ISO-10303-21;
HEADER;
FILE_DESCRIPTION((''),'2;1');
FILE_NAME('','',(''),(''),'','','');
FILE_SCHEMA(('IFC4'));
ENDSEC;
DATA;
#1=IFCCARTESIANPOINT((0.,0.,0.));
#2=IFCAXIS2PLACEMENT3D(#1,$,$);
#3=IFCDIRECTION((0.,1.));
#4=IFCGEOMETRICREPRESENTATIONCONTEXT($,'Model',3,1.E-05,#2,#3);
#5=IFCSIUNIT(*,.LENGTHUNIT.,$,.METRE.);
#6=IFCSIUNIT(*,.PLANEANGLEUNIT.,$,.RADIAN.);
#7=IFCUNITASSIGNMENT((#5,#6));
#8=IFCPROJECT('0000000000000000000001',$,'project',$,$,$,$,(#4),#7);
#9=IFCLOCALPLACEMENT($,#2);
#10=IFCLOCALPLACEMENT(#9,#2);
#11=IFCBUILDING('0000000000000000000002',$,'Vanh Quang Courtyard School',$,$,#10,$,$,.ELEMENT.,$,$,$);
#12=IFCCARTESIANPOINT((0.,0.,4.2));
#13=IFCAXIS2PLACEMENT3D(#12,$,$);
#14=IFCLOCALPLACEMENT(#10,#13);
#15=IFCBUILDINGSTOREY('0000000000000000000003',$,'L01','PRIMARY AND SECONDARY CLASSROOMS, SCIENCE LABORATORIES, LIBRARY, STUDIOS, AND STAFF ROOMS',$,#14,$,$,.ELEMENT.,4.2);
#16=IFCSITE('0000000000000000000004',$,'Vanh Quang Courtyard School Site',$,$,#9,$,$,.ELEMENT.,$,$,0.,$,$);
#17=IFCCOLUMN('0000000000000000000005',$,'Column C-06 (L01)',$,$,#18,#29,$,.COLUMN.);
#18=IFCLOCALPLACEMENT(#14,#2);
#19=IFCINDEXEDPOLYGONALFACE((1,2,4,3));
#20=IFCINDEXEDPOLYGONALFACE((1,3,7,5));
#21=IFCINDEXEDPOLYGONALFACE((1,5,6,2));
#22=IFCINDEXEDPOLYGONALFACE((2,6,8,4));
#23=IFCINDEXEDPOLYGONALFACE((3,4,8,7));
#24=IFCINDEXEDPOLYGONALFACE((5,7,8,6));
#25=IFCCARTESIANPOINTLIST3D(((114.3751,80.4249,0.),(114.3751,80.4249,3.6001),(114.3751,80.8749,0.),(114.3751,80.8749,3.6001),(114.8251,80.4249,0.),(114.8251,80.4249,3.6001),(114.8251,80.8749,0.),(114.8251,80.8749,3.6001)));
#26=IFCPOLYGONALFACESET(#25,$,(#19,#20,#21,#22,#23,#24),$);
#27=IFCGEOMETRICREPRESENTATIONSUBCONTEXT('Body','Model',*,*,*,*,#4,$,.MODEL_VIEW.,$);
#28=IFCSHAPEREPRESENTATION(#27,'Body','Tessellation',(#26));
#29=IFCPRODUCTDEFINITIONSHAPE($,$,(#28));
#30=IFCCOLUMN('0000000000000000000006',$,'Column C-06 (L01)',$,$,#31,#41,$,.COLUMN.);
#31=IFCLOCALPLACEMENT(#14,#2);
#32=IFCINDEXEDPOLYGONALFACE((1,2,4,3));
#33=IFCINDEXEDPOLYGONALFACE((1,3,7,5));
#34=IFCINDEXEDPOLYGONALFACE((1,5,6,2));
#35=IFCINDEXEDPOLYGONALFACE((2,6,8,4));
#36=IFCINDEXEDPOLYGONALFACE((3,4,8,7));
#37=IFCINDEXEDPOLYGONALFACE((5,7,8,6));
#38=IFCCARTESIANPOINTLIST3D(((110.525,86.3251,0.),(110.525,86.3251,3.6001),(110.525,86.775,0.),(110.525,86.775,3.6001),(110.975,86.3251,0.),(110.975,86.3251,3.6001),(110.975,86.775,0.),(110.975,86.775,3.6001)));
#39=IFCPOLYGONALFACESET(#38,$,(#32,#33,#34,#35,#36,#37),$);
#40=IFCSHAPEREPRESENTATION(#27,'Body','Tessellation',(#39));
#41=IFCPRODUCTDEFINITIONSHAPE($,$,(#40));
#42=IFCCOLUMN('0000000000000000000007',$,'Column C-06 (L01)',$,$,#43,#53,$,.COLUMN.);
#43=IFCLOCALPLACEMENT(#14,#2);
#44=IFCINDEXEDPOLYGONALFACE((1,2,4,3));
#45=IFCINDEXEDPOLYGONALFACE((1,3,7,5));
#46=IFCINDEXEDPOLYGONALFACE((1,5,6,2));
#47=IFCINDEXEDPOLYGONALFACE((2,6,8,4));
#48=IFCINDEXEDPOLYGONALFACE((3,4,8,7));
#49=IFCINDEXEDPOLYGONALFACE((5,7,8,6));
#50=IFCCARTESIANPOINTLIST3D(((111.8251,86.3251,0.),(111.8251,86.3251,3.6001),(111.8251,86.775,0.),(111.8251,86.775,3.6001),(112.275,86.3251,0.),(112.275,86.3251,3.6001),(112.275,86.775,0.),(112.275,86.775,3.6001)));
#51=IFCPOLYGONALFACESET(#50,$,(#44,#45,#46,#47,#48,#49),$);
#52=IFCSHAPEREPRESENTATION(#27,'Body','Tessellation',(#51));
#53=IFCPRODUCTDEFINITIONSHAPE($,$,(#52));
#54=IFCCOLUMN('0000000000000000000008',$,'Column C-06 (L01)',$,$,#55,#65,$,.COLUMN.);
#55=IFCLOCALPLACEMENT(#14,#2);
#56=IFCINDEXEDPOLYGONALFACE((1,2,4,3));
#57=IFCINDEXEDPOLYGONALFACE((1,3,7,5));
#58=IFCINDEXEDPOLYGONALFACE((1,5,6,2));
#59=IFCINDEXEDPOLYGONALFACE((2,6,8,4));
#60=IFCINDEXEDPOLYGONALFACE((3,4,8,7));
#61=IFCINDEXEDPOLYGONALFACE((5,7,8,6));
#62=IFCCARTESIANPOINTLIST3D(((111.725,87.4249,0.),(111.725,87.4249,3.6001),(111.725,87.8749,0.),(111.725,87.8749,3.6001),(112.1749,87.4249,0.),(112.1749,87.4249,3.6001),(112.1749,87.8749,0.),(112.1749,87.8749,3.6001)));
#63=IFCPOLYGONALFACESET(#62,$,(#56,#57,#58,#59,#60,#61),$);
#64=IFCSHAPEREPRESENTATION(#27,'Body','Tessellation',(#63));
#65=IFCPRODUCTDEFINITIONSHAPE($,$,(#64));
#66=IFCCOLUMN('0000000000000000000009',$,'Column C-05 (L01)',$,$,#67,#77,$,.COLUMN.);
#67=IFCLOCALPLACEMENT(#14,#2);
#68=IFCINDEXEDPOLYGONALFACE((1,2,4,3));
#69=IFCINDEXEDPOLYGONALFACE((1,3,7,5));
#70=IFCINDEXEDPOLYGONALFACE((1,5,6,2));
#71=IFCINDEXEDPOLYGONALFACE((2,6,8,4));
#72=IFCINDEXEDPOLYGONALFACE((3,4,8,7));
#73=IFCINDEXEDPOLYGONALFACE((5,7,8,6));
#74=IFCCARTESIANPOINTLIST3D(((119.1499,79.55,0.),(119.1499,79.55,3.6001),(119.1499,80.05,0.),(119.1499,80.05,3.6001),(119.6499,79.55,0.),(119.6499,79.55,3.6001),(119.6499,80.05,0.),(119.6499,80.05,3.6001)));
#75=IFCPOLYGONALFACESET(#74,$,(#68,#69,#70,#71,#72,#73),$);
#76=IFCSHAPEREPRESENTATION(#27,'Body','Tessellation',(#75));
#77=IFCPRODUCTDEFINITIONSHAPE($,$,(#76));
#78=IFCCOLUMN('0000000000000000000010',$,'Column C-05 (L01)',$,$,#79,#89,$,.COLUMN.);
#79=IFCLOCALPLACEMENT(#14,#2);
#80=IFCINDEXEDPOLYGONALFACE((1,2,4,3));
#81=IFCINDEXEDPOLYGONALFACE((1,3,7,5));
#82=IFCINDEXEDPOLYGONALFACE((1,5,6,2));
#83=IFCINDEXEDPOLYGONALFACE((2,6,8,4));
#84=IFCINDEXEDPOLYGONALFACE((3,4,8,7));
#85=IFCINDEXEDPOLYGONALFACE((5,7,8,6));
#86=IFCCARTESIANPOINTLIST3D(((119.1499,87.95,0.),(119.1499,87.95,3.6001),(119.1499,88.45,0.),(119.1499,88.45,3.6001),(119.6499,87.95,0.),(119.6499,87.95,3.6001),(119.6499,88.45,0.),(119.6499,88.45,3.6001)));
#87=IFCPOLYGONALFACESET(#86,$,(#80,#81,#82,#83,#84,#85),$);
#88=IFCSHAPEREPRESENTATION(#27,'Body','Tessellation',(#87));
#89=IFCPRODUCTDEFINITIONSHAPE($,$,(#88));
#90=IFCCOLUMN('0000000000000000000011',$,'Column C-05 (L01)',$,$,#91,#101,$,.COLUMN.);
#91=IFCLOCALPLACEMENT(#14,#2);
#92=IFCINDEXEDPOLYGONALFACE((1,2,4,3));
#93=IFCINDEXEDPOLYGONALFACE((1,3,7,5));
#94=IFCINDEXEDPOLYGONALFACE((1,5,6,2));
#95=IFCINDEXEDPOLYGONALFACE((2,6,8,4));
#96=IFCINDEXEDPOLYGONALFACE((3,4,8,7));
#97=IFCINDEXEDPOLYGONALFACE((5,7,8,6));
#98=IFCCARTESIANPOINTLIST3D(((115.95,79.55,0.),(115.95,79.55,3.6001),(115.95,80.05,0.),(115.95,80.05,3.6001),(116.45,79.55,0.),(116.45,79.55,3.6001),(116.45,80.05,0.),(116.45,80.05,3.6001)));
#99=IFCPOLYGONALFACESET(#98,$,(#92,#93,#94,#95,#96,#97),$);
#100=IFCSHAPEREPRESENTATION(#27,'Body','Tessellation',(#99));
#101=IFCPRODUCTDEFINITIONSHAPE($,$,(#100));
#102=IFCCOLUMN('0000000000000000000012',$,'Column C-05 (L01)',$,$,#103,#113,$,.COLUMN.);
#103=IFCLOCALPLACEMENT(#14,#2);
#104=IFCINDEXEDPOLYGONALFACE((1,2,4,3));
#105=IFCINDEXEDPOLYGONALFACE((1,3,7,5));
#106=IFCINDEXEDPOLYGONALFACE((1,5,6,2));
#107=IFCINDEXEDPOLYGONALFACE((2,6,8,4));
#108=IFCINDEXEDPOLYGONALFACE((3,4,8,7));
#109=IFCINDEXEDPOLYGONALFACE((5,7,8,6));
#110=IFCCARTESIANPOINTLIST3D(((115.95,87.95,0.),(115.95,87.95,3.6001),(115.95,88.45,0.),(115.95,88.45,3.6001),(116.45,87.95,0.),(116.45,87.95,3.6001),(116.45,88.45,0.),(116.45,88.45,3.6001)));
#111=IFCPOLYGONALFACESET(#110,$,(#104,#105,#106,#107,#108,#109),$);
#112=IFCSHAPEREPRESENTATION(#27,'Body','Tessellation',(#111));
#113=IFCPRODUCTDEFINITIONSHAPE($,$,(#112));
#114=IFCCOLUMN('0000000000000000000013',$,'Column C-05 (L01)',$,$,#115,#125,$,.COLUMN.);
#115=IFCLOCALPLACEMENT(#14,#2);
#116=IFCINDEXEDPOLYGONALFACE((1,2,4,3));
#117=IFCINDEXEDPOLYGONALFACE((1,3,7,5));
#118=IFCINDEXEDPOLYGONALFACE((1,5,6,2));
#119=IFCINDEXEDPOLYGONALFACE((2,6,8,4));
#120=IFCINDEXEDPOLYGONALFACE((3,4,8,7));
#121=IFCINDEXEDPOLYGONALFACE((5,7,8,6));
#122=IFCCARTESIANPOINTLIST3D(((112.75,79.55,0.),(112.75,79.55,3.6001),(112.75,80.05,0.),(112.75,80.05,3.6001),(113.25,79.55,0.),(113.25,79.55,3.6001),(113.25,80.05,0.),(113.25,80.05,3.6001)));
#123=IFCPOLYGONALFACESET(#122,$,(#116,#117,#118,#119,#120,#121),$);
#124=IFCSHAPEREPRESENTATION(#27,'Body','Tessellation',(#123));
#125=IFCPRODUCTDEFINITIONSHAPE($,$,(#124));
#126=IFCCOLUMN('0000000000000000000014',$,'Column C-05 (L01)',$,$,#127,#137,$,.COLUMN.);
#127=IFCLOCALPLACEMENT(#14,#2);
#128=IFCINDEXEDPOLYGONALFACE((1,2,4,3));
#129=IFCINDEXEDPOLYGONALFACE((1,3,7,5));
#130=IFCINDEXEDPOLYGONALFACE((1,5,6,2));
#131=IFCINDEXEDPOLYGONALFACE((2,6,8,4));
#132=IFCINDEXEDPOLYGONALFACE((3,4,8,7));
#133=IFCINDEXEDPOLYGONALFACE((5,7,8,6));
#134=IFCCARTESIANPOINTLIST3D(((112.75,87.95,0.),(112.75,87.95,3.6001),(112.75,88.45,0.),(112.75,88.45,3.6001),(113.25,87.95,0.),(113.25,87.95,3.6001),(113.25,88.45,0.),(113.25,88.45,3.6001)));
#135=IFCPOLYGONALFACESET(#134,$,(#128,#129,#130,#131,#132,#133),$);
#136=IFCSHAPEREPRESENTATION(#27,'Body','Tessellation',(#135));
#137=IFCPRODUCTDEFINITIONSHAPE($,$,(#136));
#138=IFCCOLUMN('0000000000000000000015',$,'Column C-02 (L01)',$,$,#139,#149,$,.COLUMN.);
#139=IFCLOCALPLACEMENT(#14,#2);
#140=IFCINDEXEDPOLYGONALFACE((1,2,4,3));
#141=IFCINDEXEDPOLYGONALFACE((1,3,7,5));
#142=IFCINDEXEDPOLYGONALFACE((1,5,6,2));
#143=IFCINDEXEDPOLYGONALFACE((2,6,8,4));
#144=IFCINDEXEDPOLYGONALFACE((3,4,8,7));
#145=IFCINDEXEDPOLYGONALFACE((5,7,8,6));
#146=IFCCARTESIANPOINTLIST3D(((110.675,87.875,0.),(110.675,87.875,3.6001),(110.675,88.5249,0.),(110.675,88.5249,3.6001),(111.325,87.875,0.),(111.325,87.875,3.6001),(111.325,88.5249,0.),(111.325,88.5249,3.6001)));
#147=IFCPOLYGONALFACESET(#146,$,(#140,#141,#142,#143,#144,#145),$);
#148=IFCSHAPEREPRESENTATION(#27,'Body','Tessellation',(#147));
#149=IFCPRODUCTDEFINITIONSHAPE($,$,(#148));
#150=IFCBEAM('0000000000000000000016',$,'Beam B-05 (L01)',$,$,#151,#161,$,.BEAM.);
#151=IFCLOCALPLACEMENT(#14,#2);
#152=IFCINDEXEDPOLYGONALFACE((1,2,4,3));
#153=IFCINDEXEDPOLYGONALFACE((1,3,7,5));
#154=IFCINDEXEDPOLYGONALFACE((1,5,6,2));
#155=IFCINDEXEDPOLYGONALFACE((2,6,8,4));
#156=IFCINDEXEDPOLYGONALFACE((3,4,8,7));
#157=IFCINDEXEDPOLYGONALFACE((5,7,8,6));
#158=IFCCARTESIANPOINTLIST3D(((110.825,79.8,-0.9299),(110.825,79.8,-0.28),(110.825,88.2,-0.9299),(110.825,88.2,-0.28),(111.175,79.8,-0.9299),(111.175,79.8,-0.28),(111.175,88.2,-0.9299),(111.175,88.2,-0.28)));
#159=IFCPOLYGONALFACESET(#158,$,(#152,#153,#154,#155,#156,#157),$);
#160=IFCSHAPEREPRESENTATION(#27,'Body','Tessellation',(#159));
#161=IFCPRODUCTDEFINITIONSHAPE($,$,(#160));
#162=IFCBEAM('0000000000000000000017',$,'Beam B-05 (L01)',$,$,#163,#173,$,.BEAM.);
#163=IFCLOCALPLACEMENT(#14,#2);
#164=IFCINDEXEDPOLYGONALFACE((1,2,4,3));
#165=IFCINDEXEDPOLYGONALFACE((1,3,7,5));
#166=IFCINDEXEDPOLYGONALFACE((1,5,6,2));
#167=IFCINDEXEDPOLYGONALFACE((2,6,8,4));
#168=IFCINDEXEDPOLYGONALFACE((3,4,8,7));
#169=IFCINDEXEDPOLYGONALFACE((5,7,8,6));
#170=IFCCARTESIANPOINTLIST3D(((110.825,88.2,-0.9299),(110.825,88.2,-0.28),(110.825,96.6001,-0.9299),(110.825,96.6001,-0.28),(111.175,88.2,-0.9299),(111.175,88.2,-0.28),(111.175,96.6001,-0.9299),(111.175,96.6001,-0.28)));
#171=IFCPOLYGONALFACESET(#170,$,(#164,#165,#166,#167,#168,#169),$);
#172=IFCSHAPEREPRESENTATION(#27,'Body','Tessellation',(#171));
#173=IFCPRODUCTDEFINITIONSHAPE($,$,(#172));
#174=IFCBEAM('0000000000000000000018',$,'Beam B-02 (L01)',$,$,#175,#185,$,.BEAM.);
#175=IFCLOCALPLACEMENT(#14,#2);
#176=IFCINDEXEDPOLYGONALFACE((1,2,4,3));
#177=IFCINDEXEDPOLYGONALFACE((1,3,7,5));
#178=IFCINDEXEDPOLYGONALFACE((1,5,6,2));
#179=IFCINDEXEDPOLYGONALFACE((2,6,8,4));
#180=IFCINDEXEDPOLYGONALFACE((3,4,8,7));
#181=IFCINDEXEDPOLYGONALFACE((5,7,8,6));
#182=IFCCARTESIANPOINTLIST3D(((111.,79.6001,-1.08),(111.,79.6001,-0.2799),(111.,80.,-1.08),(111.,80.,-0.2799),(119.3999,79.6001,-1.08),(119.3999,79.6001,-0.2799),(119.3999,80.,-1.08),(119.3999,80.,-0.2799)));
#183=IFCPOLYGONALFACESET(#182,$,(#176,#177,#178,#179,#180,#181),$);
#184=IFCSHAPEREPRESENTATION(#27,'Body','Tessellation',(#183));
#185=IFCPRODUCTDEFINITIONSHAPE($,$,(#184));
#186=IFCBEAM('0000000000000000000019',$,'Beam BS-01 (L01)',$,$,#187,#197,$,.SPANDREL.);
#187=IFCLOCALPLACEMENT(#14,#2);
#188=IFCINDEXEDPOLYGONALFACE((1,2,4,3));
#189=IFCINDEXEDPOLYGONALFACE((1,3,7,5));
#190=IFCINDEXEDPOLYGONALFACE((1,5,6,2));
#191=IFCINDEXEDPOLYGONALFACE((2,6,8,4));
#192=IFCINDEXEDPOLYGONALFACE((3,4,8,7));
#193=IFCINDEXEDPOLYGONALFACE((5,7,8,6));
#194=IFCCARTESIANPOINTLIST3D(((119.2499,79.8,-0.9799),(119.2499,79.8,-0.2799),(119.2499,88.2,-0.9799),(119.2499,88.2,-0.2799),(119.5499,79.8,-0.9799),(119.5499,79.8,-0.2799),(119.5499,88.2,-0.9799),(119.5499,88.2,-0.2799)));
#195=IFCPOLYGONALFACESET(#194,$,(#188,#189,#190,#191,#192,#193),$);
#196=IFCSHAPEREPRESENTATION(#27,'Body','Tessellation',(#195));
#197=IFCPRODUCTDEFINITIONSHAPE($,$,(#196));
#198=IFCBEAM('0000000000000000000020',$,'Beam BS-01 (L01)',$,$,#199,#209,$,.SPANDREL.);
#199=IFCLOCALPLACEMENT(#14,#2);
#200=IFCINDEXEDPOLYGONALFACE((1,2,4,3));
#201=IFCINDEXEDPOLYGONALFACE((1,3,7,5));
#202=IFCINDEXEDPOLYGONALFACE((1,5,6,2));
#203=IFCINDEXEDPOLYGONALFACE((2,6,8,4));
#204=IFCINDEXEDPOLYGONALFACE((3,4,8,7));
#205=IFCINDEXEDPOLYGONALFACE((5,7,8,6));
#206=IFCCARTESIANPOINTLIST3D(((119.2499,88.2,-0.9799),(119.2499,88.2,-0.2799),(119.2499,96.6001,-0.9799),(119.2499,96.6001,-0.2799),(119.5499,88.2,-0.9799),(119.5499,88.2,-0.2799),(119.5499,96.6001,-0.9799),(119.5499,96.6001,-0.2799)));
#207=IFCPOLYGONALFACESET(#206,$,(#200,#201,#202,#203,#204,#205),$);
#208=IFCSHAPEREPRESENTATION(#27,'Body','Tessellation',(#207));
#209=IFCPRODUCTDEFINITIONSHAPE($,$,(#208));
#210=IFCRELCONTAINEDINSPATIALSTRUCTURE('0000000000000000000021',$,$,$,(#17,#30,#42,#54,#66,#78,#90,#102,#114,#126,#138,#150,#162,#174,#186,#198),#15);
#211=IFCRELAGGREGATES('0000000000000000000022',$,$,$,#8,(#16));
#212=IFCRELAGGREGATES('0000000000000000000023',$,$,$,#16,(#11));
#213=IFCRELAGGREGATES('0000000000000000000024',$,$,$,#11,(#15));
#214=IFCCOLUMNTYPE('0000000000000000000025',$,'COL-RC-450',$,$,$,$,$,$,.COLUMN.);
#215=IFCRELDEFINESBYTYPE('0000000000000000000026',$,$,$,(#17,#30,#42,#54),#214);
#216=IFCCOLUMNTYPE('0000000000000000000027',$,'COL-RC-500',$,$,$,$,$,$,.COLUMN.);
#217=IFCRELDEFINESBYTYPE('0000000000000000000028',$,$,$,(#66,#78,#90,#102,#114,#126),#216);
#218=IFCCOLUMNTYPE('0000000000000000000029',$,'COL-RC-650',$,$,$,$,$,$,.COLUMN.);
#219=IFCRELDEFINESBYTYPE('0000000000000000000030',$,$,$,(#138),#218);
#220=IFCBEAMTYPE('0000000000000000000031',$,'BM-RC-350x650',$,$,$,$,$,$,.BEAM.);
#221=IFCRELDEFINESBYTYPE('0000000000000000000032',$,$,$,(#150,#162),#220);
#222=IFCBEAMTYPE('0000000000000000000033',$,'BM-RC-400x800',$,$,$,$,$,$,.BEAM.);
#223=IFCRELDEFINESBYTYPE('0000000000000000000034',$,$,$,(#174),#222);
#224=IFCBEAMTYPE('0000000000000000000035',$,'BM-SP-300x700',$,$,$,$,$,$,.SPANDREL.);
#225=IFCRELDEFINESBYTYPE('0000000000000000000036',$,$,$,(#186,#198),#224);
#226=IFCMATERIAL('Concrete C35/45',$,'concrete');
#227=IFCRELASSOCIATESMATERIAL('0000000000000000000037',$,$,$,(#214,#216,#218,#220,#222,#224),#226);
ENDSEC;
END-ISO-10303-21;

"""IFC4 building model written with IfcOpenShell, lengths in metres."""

from ifc_helpers import new_model, si_unit, direction, frame, origin, origin_2d, place, context, subcontext, project, spatial, rectangle, extrude, material, material_profile, profile_set, type_object, element, save


model = new_model("IFC4")

# Units and contexts
model_context = context("Model", 3, precision=1e-05, world=origin(), true_north=direction((0.0, 1.0)))
body_context = subcontext(model_context, "Body", "Model", "MODEL_VIEW")
ifc_project = project(units=[si_unit("LENGTHUNIT", "METRE"), si_unit("PLANEANGLEUNIT", "RADIAN")], contexts=[model_context])

# Site, building, storey
site_placement = place(None, origin())
site = spatial("IfcSite", under=ifc_project, at=site_placement, Name="Vanh Quang Courtyard School Site", CompositionType="ELEMENT", RefElevation=0.0)
building_placement = place(site_placement, origin())
building = spatial("IfcBuilding", under=site, at=building_placement, Name="Vanh Quang Courtyard School", CompositionType="ELEMENT")
storey_placement = place(building_placement, frame((0.0, 0.0, 4.2)))
storey = spatial("IfcBuildingStorey", under=building, at=storey_placement, Name="L01", Description="PRIMARY AND SECONDARY CLASSROOMS, SCIENCE LABORATORIES, LIBRARY, STUDIOS, AND STAFF ROOMS", CompositionType="ELEMENT", Elevation=4.2)

# Columns
ifc_material_1 = material(Name="Concrete C35/45", Category="concrete")
ifc_material_profile_1 = material_profile(ifc_material_1, rectangle(XDim=0.45, YDim=0.45, at=origin_2d()), Name="RC-COL 450x450")
ifc_profile_set_1 = profile_set([ifc_material_profile_1], Name="Concrete C35/45")
column_type_1 = type_object("IfcColumnType", Name="COL-RC-450", PredefinedType="COLUMN", material=ifc_profile_set_1)
for number, where, z_axis, x_axis, name in (
    (1, (114.6001, 80.6499, 0.0), (0.0, 0.0, 1.0), (1.0, 0.0, 0.0), "Column C-06 (L01)"),
    (2, (110.75, 86.55, 0.0), (0.0, 0.0, 1.0), (1.0, 0.0, 0.0), "Column C-06 (L01)"),
    (3, (112.05, 86.55, 0.0), (0.0, 0.0, 1.0), (1.0, 0.0, 0.0), "Column C-06 (L01)"),
    (4, (111.95, 87.6499, 0.0), (0.0, 0.0, 1.0), (1.0, 0.0, 0.0), "Column C-06 (L01)"),
):
    element("IfcColumn", number, at=place(storey_placement, frame(where, z_axis=z_axis, x_axis=x_axis)), inside=storey, type_object=column_type_1, Name=name, PredefinedType="COLUMN", context=body_context, shape_type="SweptSolid", body=[
        extrude(rectangle(XDim=0.45, YDim=0.45, at=origin_2d()), origin(), (0.0, 0.0, 1.0), 3.6001),
    ])
ifc_material_profile_2 = material_profile(ifc_material_1, rectangle(XDim=0.5, YDim=0.5, at=origin_2d()), Name="RC-COL 500x500")
ifc_profile_set_2 = profile_set([ifc_material_profile_2], Name="Concrete C35/45")
column_type_2 = type_object("IfcColumnType", Name="COL-RC-500", PredefinedType="COLUMN", material=ifc_profile_set_2)
for number, where, z_axis, x_axis, name in (
    (5, (119.3999, 79.8, 0.0), (0.0, 0.0, 1.0), (1.0, 0.0, 0.0), "Column C-05 (L01)"),
    (6, (119.3999, 88.2, 0.0), (0.0, 0.0, 1.0), (1.0, 0.0, 0.0), "Column C-05 (L01)"),
    (7, (116.2, 79.8, 0.0), (0.0, 0.0, 1.0), (1.0, 0.0, 0.0), "Column C-05 (L01)"),
    (8, (116.2, 88.2, 0.0), (0.0, 0.0, 1.0), (1.0, 0.0, 0.0), "Column C-05 (L01)"),
    (9, (113.0, 79.8, 0.0), (0.0, 0.0, 1.0), (1.0, 0.0, 0.0), "Column C-05 (L01)"),
    (10, (113.0, 88.2, 0.0), (0.0, 0.0, 1.0), (1.0, 0.0, 0.0), "Column C-05 (L01)"),
):
    element("IfcColumn", number, at=place(storey_placement, frame(where, z_axis=z_axis, x_axis=x_axis)), inside=storey, type_object=column_type_2, Name=name, PredefinedType="COLUMN", context=body_context, shape_type="SweptSolid", body=[
        extrude(rectangle(XDim=0.5, YDim=0.5, at=origin_2d()), origin(), (0.0, 0.0, 1.0), 3.6001),
    ])
ifc_material_profile_3 = material_profile(ifc_material_1, rectangle(XDim=0.6499, YDim=0.6499, at=origin_2d()), Name="RC-COL 650x650")
ifc_profile_set_3 = profile_set([ifc_material_profile_3], Name="Concrete C35/45")
column_type_3 = type_object("IfcColumnType", Name="COL-RC-650", PredefinedType="COLUMN", material=ifc_profile_set_3)
column_placement = place(storey_placement, frame((111.0, 88.2, 0.0), z_axis=(0.0, 0.0, 1.0), x_axis=(1.0, 0.0, 0.0)))
element("IfcColumn", 11, at=column_placement, inside=storey, type_object=column_type_3, Name="Column C-02 (L01)", PredefinedType="COLUMN", context=body_context, shape_type="SweptSolid", body=[
    extrude(rectangle(XDim=0.6499, YDim=0.6499, at=origin_2d()), origin(), (0.0, 0.0, 1.0), 3.6001),
])

# Beams
ifc_material_profile_4 = material_profile(ifc_material_1, rectangle(XDim=0.3501, YDim=0.6499, at=origin_2d()), Name="RC-BM 350x650")
ifc_profile_set_4 = profile_set([ifc_material_profile_4], Name="Concrete C35/45")
beam_type_1 = type_object("IfcBeamType", Name="BM-RC-350x650", PredefinedType="BEAM", material=ifc_profile_set_4)
beam_1_placement = place(storey_placement, frame((111.0, 79.8, -0.605), z_axis=(0.0, 1.0, 0.0), x_axis=(-1.0, 0.0, 0.0)))
element("IfcBeam", 12, at=beam_1_placement, inside=storey, type_object=beam_type_1, Name="Beam B-05 (L01)", PredefinedType="BEAM", context=body_context, shape_type="SweptSolid", body=[
    extrude(rectangle(XDim=0.3501, YDim=0.6499, at=origin_2d()), origin(), (0.0, 0.0, 1.0), 8.3999),
])
beam_2_placement = place(storey_placement, frame((111.0, 88.2, -0.605), z_axis=(0.0, 1.0, 0.0), x_axis=(-1.0, 0.0, 0.0)))
element("IfcBeam", 13, at=beam_2_placement, inside=storey, type_object=beam_type_1, Name="Beam B-05 (L01)", PredefinedType="BEAM", context=body_context, shape_type="SweptSolid", body=[
    extrude(rectangle(XDim=0.3501, YDim=0.6499, at=origin_2d()), origin(), (0.0, 0.0, 1.0), 8.4001),
])
ifc_material_profile_5 = material_profile(ifc_material_1, rectangle(XDim=0.3999, YDim=0.8, at=origin_2d()), Name="RC-BM 400x800")
ifc_profile_set_5 = profile_set([ifc_material_profile_5], Name="Concrete C35/45")
beam_type_2 = type_object("IfcBeamType", Name="BM-RC-400x800", PredefinedType="BEAM", material=ifc_profile_set_5)
beam_3_placement = place(storey_placement, frame((111.0, 79.8, -0.6799), z_axis=(1.0, 0.0, 0.0), x_axis=(0.0, 1.0, 0.0)))
element("IfcBeam", 14, at=beam_3_placement, inside=storey, type_object=beam_type_2, Name="Beam B-02 (L01)", PredefinedType="BEAM", context=body_context, shape_type="SweptSolid", body=[
    extrude(rectangle(XDim=0.3999, YDim=0.8, at=origin_2d()), origin(), (0.0, 0.0, 1.0), 8.3999),
])
ifc_material_profile_6 = material_profile(ifc_material_1, rectangle(XDim=0.3, YDim=0.7, at=origin_2d()), Name="RC-SP 300x700")
ifc_profile_set_6 = profile_set([ifc_material_profile_6], Name="Concrete C35/45")
beam_type_3 = type_object("IfcBeamType", Name="BM-SP-300x700", PredefinedType="SPANDREL", material=ifc_profile_set_6)
beam_4_placement = place(storey_placement, frame((119.3999, 79.8, -0.6299), z_axis=(0.0, 1.0, 0.0), x_axis=(-1.0, 0.0, 0.0)))
element("IfcBeam", 15, at=beam_4_placement, inside=storey, type_object=beam_type_3, Name="Beam BS-01 (L01)", PredefinedType="SPANDREL", context=body_context, shape_type="SweptSolid", body=[
    extrude(rectangle(XDim=0.3, YDim=0.7, at=origin_2d()), origin(), (0.0, 0.0, 1.0), 8.3999),
])
beam_5_placement = place(storey_placement, frame((119.3999, 88.2, -0.6299), z_axis=(0.0, 1.0, 0.0), x_axis=(-1.0, 0.0, 0.0)))
element("IfcBeam", 16, at=beam_5_placement, inside=storey, type_object=beam_type_3, Name="Beam BS-01 (L01)", PredefinedType="SPANDREL", context=body_context, shape_type="SweptSolid", body=[
    extrude(rectangle(XDim=0.3, YDim=0.7, at=origin_2d()), origin(), (0.0, 0.0, 1.0), 8.4001),
])

save(model, "model.ifc")
